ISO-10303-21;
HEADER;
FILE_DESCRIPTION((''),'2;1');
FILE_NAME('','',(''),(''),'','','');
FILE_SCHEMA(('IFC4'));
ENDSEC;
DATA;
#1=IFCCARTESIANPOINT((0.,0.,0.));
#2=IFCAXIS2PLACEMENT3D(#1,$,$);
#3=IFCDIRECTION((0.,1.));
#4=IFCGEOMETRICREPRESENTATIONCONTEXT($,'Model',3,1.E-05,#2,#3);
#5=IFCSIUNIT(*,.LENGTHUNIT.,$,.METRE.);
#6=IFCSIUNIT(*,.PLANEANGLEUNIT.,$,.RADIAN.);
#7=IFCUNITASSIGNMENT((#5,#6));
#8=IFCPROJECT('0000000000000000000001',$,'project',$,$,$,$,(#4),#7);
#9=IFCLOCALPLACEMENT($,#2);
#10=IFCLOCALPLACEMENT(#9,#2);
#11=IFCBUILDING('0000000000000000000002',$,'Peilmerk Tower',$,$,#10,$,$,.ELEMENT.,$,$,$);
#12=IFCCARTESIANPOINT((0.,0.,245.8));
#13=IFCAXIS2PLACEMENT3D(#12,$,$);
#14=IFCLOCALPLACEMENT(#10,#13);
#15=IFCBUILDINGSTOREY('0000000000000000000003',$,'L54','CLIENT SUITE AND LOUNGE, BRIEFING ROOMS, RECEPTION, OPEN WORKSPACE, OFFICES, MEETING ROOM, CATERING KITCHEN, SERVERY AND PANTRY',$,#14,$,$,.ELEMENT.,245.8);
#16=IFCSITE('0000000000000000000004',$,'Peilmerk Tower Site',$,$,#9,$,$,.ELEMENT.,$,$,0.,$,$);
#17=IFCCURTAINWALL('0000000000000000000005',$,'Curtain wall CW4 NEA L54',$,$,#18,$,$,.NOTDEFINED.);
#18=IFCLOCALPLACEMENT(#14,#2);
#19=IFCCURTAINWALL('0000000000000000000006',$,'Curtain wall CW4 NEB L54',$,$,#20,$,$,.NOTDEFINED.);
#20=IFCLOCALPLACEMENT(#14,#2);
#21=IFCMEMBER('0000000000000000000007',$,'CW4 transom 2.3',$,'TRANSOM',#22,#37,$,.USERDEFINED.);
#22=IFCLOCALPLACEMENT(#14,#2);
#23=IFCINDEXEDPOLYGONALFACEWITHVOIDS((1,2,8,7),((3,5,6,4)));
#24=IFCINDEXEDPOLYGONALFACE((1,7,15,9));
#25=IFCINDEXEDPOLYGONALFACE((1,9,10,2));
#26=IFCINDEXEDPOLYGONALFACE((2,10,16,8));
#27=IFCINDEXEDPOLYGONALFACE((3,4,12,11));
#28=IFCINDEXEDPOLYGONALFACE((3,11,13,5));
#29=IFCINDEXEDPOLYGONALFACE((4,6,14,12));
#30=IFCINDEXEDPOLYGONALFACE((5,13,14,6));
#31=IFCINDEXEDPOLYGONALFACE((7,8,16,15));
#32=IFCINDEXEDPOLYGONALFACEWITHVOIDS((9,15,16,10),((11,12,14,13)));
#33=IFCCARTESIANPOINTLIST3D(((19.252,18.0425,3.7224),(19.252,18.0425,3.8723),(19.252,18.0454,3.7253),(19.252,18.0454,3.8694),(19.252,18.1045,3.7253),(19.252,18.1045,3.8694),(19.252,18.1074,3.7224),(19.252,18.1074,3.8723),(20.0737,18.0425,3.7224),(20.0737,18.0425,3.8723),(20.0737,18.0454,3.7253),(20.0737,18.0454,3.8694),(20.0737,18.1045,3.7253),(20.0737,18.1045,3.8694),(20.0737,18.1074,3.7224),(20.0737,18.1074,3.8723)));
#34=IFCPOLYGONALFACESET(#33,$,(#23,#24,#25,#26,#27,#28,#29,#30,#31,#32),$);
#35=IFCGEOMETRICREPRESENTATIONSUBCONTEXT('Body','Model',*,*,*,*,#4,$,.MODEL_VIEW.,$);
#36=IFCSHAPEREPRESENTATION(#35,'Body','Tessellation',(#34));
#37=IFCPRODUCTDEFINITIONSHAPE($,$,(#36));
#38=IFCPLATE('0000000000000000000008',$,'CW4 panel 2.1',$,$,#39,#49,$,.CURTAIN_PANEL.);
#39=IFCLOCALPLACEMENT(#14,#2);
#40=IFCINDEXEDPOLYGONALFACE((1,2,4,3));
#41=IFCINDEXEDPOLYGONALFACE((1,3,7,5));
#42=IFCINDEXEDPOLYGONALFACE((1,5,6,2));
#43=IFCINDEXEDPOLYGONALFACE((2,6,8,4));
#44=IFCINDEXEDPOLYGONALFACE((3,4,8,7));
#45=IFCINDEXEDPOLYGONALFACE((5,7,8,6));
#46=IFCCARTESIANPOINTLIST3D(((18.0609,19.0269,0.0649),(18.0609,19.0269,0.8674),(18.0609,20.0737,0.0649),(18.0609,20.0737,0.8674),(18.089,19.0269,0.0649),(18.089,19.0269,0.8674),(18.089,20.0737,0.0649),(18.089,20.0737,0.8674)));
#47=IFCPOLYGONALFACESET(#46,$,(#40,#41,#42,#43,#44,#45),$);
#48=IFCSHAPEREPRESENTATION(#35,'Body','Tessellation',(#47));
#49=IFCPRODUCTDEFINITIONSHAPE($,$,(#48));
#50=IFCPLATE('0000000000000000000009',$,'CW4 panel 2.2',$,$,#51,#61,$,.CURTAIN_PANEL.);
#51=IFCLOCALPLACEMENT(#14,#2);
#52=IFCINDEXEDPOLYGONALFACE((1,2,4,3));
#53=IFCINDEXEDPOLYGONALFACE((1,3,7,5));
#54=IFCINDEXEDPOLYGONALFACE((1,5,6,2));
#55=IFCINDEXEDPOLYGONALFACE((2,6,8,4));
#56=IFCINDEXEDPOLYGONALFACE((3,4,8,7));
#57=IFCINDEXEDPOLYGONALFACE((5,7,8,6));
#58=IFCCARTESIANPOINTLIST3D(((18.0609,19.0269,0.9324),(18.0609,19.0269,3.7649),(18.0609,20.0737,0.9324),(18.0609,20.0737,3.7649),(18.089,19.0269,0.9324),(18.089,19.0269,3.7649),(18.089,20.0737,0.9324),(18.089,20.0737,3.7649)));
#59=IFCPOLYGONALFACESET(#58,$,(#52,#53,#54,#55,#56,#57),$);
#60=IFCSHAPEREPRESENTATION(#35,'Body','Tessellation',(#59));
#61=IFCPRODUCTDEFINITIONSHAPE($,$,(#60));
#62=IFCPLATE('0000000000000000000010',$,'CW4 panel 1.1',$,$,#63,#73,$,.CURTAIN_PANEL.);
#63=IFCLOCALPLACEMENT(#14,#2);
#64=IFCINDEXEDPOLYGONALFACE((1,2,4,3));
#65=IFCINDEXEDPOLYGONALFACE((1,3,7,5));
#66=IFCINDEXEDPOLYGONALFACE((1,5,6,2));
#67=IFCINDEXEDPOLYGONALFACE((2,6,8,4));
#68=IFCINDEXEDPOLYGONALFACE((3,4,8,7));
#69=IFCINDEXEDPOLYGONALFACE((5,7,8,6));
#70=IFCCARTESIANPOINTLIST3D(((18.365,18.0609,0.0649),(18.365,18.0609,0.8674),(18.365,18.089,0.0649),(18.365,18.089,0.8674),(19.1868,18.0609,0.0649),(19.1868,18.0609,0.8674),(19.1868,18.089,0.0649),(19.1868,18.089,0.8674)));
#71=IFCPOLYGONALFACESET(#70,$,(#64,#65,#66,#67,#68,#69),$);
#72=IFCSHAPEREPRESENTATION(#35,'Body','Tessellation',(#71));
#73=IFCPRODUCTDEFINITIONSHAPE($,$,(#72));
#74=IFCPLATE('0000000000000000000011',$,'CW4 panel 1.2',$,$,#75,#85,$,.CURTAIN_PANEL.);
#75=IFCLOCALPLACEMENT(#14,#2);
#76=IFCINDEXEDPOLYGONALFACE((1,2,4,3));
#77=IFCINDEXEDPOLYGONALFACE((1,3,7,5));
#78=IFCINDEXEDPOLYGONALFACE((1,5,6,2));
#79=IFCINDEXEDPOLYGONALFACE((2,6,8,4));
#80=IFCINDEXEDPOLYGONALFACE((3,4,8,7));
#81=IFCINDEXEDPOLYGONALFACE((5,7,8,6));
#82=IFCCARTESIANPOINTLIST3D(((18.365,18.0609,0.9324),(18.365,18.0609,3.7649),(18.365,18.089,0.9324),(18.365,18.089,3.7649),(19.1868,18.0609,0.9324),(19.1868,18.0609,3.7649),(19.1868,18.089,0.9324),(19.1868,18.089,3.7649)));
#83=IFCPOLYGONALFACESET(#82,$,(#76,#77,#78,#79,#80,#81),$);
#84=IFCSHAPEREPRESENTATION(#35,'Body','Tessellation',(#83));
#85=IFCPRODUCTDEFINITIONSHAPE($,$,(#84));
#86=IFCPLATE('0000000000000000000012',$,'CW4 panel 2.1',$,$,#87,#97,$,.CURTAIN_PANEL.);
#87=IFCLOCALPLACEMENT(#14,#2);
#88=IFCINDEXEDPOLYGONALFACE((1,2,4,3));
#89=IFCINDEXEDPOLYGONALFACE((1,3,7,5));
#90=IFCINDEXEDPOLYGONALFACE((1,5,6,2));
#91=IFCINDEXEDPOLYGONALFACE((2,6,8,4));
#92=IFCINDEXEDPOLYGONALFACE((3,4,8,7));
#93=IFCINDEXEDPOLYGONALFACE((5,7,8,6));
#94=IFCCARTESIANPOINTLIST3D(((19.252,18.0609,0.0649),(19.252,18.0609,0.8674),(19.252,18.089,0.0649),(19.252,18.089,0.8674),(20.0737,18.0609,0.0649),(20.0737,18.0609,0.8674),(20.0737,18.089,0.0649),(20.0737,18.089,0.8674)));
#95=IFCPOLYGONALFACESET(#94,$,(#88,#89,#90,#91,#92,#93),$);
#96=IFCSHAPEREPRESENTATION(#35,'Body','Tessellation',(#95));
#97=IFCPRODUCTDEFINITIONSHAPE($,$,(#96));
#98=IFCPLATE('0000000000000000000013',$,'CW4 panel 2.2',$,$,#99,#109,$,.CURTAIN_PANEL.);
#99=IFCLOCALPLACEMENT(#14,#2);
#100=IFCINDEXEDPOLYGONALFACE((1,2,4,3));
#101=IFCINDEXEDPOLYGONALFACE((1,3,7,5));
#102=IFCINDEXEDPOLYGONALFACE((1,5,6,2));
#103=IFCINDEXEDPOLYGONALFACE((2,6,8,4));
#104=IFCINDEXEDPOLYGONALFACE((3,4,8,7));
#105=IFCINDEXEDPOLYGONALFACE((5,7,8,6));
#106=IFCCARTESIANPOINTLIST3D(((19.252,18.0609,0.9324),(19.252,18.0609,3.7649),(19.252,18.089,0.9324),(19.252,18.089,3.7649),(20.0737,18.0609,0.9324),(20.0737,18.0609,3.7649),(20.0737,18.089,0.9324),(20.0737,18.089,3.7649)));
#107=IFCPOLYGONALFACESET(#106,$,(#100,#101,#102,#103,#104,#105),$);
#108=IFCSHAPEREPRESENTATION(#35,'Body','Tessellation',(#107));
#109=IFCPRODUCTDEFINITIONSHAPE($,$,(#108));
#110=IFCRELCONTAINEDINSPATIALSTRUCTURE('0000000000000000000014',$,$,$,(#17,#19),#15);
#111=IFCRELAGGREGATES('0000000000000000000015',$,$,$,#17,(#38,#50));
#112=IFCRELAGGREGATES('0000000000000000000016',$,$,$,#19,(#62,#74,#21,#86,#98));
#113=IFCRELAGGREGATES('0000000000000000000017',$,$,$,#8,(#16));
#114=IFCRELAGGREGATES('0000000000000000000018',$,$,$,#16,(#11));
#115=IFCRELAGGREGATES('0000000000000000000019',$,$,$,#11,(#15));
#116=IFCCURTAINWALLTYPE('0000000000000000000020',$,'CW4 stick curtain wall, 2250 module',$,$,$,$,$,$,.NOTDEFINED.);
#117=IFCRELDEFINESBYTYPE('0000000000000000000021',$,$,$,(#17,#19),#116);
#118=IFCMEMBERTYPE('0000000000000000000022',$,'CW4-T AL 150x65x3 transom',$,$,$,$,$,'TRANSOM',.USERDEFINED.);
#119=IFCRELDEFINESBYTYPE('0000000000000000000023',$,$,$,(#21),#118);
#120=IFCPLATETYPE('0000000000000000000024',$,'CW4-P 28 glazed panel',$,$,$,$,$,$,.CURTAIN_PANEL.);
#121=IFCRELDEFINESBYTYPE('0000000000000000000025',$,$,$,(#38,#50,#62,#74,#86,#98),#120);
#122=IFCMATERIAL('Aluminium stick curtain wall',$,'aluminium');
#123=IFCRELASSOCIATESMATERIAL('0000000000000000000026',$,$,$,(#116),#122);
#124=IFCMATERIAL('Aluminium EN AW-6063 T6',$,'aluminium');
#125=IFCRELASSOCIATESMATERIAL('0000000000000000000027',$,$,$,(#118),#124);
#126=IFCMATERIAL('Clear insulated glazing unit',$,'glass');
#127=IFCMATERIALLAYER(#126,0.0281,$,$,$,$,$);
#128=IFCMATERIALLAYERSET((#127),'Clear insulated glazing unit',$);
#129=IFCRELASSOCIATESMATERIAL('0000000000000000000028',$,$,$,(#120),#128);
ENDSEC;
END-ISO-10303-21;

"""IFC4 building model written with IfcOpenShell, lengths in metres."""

from ifc_helpers import new_model, si_unit, direction, frame, origin, origin_2d, place, context, subcontext, project, spatial, rectangle, hollow_rectangle, extrude, material, layer, layer_set, material_profile, profile_set, type_object, element, aggregate, save


model = new_model("IFC4")

# Units and contexts
model_context = context("Model", 3, precision=1e-05, world=origin(), true_north=direction((0.0, 1.0)))
body_context = subcontext(model_context, "Body", "Model", "MODEL_VIEW")
ifc_project = project(units=[si_unit("LENGTHUNIT", "METRE"), si_unit("PLANEANGLEUNIT", "RADIAN")], contexts=[model_context])

# Site, building, storey
site_placement = place(None, origin())
site = spatial("IfcSite", under=ifc_project, at=site_placement, Name="Peilmerk Tower Site", CompositionType="ELEMENT", RefElevation=0.0)
building_placement = place(site_placement, origin())
building = spatial("IfcBuilding", under=site, at=building_placement, Name="Peilmerk Tower", CompositionType="ELEMENT")
storey_placement = place(building_placement, frame((0.0, 0.0, 245.8)))
storey = spatial("IfcBuildingStorey", under=building, at=storey_placement, Name="L54", Description="CLIENT SUITE AND LOUNGE, BRIEFING ROOMS, RECEPTION, OPEN WORKSPACE, OFFICES, MEETING ROOM, CATERING KITCHEN, SERVERY AND PANTRY", CompositionType="ELEMENT", Elevation=245.8)

# Curtain wall
ifc_material_1 = material(Name="Aluminium stick curtain wall", Category="aluminium")
curtain_wall_type = type_object("IfcCurtainWallType", Name="CW4 stick curtain wall, 2250 module", PredefinedType="NOTDEFINED", material=ifc_material_1)
curtain_wall_1_placement = place(storey_placement, origin())
curtain_wall_1 = element("IfcCurtainWall", 1, at=curtain_wall_1_placement, inside=storey, type_object=curtain_wall_type, Name="Curtain wall CW4 NEA L54", PredefinedType="NOTDEFINED")
ifc_material_2 = material(Name="Aluminium EN AW-6063 T6", Category="aluminium")

# Curtain wall
curtain_wall_2_placement = place(storey_placement, origin())
curtain_wall_2 = element("IfcCurtainWall", 2, at=curtain_wall_2_placement, inside=storey, type_object=curtain_wall_type, Name="Curtain wall CW4 NEB L54", PredefinedType="NOTDEFINED")

# Member
ifc_material_profile_1 = material_profile(ifc_material_2, hollow_rectangle(XDim=0.0649, YDim=0.1499, WallThickness=0.0029, at=origin_2d()), Name="AL 150x65x3")
ifc_profile_set_1 = profile_set([ifc_material_profile_1], Name="Aluminium EN AW-6063 T6")
member_type_1 = type_object("IfcMemberType", Name="CW4-T AL 150x65x3 transom", ElementType="TRANSOM", PredefinedType="USERDEFINED", material=ifc_profile_set_1)
member_1_placement = place(storey_placement, frame((19.252, 18.075, 3.7974), z_axis=(1.0, 0.0, 0.0), x_axis=(0.0, 1.0, 0.0)))
member_1 = element("IfcMember", 3, at=member_1_placement, type_object=member_type_1, Name="CW4 transom 2.3", ObjectType="TRANSOM", PredefinedType="USERDEFINED", context=body_context, shape_type="SweptSolid", body=[
    extrude(hollow_rectangle(XDim=0.0649, YDim=0.1499, WallThickness=0.0029, at=origin_2d()), origin(), (0.0, 0.0, 1.0), 0.8218),
])

# Plates
ifc_material_3 = material(Name="Clear insulated glazing unit", Category="glass")
ifc_layer_1 = layer(ifc_material_3, 0.0281)
ifc_layer_set_1 = layer_set([ifc_layer_1], Name="Clear insulated glazing unit")
plate_type = type_object("IfcPlateType", Name="CW4-P 28 glazed panel", PredefinedType="CURTAIN_PANEL", material=ifc_layer_set_1)
plate_1_placement = place(storey_placement, frame((18.075, 19.5503, 0.0649), z_axis=(0.0, 0.0, 1.0), x_axis=(0.0, 1.0, 0.0)))
plate_1 = element("IfcPlate", 4, at=plate_1_placement, type_object=plate_type, Name="CW4 panel 2.1", PredefinedType="CURTAIN_PANEL", context=body_context, shape_type="SweptSolid", body=[
    extrude(rectangle(XDim=1.0469, YDim=0.0281, at=origin_2d()), origin(), (0.0, 0.0, 1.0), 0.8025),
])
plate_2_placement = place(storey_placement, frame((18.075, 19.5503, 0.9324), z_axis=(0.0, 0.0, 1.0), x_axis=(0.0, 1.0, 0.0)))
plate_2 = element("IfcPlate", 5, at=plate_2_placement, type_object=plate_type, Name="CW4 panel 2.2", PredefinedType="CURTAIN_PANEL", context=body_context, shape_type="SweptSolid", body=[
    extrude(rectangle(XDim=1.0469, YDim=0.0281, at=origin_2d()), origin(), (0.0, 0.0, 1.0), 2.8325),
])
aggregate(curtain_wall_1, [plate_1, plate_2])
plate_3_placement = place(storey_placement, frame((18.7759, 18.075, 0.0649), z_axis=(0.0, 0.0, 1.0), x_axis=(1.0, 0.0, 0.0)))
plate_3 = element("IfcPlate", 6, at=plate_3_placement, type_object=plate_type, Name="CW4 panel 1.1", PredefinedType="CURTAIN_PANEL", context=body_context, shape_type="SweptSolid", body=[
    extrude(rectangle(XDim=0.8218, YDim=0.0281, at=origin_2d()), origin(), (0.0, 0.0, 1.0), 0.8025),
])
plate_4_placement = place(storey_placement, frame((18.7759, 18.075, 0.9324), z_axis=(0.0, 0.0, 1.0), x_axis=(1.0, 0.0, 0.0)))
plate_4 = element("IfcPlate", 7, at=plate_4_placement, type_object=plate_type, Name="CW4 panel 1.2", PredefinedType="CURTAIN_PANEL", context=body_context, shape_type="SweptSolid", body=[
    extrude(rectangle(XDim=0.8218, YDim=0.0281, at=origin_2d()), origin(), (0.0, 0.0, 1.0), 2.8325),
])
plate_5_placement = place(storey_placement, frame((19.6628, 18.075, 0.0649), z_axis=(0.0, 0.0, 1.0), x_axis=(1.0, 0.0, 0.0)))
plate_5 = element("IfcPlate", 8, at=plate_5_placement, type_object=plate_type, Name="CW4 panel 2.1", PredefinedType="CURTAIN_PANEL", context=body_context, shape_type="SweptSolid", body=[
    extrude(rectangle(XDim=0.8218, YDim=0.0281, at=origin_2d()), origin(), (0.0, 0.0, 1.0), 0.8025),
])
plate_6_placement = place(storey_placement, frame((19.6628, 18.075, 0.9324), z_axis=(0.0, 0.0, 1.0), x_axis=(1.0, 0.0, 0.0)))
plate_6 = element("IfcPlate", 9, at=plate_6_placement, type_object=plate_type, Name="CW4 panel 2.2", PredefinedType="CURTAIN_PANEL", context=body_context, shape_type="SweptSolid", body=[
    extrude(rectangle(XDim=0.8218, YDim=0.0281, at=origin_2d()), origin(), (0.0, 0.0, 1.0), 2.8325),
])
aggregate(curtain_wall_2, [plate_3, plate_4, member_1, plate_5, plate_6])

save(model, "model.ifc")
